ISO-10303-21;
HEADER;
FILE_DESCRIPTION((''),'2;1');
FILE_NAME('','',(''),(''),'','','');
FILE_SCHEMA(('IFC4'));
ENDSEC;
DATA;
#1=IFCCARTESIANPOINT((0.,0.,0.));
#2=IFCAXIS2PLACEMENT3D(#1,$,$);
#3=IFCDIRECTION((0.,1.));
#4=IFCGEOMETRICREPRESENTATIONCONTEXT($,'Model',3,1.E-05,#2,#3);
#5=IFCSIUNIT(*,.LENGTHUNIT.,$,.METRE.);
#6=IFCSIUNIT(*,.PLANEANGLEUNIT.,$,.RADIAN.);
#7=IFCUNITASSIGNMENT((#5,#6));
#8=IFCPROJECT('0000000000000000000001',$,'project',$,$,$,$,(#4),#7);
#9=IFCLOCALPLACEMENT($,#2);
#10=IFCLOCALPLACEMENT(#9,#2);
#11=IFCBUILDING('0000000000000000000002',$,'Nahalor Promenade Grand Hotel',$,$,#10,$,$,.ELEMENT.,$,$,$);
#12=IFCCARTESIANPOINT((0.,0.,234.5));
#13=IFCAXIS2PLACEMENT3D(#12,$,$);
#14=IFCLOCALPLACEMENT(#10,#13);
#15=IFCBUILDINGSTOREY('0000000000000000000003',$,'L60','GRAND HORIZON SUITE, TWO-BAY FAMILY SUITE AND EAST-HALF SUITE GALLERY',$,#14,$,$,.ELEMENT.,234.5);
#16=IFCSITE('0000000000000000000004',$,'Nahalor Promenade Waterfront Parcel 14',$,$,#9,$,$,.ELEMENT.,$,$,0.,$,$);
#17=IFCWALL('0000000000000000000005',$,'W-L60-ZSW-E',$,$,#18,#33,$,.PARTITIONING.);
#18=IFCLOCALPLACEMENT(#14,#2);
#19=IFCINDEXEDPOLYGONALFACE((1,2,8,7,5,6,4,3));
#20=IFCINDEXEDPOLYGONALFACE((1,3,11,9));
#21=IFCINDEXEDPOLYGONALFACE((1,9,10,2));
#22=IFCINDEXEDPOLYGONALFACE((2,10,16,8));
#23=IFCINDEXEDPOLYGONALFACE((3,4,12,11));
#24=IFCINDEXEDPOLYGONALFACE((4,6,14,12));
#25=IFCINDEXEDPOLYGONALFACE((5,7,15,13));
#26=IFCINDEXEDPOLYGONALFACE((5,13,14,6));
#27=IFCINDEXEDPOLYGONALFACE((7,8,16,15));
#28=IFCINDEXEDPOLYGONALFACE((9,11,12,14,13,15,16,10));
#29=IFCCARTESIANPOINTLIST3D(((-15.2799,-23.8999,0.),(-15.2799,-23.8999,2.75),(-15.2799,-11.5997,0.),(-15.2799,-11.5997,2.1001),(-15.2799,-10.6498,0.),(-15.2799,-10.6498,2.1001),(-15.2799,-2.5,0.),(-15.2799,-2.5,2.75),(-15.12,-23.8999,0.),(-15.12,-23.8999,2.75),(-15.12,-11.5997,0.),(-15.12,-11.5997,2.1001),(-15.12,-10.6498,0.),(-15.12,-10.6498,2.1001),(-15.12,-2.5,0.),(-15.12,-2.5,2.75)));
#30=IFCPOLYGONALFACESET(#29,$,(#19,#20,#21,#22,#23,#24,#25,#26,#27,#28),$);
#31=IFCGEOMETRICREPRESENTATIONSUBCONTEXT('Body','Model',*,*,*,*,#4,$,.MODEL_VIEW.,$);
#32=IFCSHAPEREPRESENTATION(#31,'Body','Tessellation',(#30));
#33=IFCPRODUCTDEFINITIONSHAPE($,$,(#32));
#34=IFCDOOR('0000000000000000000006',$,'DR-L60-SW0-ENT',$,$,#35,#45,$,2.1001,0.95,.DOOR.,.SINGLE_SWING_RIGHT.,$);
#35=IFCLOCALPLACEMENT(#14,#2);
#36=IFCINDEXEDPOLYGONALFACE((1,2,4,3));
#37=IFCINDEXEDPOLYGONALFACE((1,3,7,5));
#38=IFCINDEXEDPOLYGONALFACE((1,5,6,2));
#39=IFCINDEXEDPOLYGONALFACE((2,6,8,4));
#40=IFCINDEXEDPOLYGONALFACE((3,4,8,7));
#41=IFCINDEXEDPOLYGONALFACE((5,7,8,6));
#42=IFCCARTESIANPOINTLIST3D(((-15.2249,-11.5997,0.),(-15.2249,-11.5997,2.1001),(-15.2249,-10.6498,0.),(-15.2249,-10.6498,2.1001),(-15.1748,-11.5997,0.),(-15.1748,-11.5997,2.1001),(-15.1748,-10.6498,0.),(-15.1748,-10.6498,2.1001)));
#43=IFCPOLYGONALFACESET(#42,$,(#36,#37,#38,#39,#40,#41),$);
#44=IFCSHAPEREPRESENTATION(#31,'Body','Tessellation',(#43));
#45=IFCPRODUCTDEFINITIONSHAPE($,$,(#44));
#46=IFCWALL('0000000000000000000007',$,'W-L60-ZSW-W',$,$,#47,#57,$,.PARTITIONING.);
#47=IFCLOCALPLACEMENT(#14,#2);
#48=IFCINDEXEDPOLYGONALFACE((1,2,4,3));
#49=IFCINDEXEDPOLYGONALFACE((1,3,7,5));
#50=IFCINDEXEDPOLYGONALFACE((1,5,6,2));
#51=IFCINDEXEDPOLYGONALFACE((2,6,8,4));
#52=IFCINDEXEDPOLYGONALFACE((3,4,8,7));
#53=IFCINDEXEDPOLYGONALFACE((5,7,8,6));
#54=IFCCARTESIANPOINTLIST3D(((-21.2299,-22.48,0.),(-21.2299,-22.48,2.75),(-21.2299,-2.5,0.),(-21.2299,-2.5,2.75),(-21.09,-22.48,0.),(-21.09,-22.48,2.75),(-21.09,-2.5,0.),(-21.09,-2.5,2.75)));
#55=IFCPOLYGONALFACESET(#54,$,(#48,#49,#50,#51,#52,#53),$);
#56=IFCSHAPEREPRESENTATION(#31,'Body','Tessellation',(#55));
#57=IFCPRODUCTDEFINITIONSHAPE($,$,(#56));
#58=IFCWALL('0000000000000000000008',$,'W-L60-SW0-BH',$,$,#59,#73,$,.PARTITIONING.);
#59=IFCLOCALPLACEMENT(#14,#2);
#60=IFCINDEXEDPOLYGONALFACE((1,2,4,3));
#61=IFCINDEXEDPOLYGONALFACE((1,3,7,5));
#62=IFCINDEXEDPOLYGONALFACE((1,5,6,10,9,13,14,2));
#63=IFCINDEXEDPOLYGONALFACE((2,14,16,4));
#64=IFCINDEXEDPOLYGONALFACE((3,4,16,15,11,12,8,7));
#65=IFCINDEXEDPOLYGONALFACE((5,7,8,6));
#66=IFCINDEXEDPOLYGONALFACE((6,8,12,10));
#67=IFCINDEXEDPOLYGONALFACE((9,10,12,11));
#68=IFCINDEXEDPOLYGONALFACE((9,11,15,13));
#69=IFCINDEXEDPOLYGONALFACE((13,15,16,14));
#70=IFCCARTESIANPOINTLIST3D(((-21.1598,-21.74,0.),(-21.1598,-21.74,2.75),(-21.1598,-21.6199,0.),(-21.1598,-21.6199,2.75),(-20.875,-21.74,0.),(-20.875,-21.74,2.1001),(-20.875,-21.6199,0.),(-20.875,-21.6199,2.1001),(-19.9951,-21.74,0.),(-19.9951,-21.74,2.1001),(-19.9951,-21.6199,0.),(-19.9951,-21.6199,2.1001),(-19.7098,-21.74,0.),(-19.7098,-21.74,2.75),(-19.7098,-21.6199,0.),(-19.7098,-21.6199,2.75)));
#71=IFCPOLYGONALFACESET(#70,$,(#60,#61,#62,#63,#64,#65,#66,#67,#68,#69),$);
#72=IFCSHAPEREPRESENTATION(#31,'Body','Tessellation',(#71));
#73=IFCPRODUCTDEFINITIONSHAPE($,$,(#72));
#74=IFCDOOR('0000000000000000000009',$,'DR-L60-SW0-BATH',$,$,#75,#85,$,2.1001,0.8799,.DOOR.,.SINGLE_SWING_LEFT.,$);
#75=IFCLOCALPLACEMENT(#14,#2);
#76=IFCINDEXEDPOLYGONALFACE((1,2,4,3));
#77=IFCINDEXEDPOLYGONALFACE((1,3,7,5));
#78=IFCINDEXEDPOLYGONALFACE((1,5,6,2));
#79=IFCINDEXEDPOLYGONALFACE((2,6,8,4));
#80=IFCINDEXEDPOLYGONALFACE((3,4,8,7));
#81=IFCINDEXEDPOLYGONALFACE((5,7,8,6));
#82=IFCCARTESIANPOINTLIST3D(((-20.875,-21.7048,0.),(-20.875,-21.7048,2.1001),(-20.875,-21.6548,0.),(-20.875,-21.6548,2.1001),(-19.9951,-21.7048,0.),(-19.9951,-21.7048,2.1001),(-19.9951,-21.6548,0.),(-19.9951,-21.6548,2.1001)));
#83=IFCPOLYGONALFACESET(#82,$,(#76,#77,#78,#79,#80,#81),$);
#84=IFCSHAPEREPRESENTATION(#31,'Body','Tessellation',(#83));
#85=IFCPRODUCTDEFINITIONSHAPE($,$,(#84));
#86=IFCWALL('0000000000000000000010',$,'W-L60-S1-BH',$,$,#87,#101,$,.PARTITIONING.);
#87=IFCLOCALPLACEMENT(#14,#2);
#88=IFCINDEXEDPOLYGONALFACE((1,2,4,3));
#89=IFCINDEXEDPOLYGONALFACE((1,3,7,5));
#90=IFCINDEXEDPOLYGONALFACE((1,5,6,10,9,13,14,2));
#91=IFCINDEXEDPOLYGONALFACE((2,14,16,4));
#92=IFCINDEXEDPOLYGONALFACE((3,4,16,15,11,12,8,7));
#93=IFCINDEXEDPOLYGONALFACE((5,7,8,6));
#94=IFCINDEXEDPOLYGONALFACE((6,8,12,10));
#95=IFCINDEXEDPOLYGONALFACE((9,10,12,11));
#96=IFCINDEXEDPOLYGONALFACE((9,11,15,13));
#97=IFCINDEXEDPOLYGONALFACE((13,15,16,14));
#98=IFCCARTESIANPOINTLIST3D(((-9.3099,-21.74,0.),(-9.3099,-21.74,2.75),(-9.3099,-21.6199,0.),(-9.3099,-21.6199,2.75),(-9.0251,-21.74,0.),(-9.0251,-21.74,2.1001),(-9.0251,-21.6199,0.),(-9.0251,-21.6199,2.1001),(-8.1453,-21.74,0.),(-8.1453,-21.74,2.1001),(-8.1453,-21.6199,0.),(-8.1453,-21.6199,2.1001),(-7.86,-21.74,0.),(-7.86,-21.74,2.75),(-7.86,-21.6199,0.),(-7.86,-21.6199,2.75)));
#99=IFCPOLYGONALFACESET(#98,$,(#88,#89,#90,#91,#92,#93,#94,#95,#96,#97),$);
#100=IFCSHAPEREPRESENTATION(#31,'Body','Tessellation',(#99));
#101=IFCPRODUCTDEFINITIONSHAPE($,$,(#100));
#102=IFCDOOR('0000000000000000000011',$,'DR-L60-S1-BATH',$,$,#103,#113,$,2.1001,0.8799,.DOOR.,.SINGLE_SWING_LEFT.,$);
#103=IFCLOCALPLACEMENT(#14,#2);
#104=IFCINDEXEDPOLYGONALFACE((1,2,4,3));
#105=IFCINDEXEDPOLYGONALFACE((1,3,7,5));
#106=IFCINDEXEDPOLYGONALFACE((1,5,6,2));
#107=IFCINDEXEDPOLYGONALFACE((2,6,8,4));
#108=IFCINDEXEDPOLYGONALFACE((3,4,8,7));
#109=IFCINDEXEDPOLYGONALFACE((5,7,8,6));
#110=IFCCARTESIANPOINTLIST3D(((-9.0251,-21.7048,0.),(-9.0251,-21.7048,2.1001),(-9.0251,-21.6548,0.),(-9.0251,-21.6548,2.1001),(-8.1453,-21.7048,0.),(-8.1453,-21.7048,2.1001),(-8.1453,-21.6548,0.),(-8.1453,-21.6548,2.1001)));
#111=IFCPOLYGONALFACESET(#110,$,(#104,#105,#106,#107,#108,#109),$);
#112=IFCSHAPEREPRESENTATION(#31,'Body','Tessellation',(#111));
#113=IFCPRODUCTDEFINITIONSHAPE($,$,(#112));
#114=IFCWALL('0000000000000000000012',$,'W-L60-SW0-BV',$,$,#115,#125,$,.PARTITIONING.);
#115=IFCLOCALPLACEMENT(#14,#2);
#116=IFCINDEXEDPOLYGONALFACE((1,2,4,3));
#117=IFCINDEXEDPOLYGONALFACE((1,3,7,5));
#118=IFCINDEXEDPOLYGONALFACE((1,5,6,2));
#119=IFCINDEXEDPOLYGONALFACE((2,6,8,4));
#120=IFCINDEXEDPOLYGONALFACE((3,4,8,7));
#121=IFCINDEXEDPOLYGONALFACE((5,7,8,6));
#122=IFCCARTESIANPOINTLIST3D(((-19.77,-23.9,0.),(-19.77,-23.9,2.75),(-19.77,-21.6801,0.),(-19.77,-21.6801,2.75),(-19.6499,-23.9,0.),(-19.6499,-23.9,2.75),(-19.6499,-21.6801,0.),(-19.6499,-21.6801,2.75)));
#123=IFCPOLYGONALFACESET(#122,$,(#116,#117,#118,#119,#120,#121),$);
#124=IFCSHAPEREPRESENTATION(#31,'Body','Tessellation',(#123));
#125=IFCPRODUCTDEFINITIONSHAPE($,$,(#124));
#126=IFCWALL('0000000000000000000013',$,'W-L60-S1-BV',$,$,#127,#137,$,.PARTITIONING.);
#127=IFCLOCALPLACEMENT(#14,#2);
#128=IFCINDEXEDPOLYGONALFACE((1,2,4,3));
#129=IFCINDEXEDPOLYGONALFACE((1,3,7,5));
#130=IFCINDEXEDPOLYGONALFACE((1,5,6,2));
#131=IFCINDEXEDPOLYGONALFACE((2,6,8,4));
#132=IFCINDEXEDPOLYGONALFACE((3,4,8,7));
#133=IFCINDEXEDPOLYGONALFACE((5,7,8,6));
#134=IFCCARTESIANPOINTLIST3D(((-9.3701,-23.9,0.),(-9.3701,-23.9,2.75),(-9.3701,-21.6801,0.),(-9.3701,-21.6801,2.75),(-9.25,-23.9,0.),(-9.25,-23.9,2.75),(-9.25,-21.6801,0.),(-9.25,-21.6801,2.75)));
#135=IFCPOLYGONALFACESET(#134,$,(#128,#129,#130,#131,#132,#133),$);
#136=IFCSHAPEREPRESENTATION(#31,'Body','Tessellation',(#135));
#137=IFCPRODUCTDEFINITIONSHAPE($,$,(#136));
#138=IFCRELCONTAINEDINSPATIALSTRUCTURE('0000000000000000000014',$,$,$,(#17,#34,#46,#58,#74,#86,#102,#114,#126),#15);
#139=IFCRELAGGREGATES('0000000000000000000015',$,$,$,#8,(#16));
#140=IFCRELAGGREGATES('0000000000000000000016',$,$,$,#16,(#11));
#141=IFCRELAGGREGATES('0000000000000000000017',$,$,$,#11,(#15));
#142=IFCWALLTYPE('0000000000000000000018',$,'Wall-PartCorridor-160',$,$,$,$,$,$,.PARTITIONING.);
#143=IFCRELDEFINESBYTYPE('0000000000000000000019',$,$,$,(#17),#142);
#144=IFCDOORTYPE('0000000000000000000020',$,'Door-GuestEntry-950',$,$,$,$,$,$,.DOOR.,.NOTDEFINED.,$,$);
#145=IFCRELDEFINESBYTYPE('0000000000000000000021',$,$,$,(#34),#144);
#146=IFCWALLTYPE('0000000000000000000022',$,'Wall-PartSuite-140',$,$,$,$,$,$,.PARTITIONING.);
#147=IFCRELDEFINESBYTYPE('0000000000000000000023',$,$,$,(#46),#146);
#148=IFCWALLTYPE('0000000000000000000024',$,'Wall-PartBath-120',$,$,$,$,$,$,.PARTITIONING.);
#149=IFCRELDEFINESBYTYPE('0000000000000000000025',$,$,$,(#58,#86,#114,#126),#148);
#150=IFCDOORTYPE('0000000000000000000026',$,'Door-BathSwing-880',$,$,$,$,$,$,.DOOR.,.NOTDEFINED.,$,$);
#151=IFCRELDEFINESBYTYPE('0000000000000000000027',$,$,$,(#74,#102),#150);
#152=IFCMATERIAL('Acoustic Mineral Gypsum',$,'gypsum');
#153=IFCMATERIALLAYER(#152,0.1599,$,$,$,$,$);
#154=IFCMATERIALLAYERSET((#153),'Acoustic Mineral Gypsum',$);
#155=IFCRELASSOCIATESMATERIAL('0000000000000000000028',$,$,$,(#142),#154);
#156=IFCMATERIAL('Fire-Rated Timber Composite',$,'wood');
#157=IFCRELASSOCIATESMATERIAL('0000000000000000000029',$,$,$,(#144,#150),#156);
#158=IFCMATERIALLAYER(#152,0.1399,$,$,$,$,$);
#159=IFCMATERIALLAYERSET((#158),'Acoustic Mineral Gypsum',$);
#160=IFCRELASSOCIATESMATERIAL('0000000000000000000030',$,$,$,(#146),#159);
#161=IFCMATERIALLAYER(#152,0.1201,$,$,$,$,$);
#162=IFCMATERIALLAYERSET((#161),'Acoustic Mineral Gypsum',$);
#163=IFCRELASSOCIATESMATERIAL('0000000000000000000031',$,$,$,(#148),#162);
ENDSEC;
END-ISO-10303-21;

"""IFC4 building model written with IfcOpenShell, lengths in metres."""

from ifc_helpers import new_model, si_unit, direction, frame, frame_2d, origin, place, context, subcontext, project, spatial, rectangle, extrude, source, transform, mapped, material, layer, layer_set, type_object, element, fill, save


model = new_model("IFC4")

# Units and contexts
model_context = context("Model", 3, precision=1e-05, world=origin(), true_north=direction((0.0, 1.0)))
body_context = subcontext(model_context, "Body", "Model", "MODEL_VIEW")
ifc_project = project(units=[si_unit("LENGTHUNIT", "METRE"), si_unit("PLANEANGLEUNIT", "RADIAN")], contexts=[model_context])

# Site, building, storey
site_placement = place(None, origin())
site = spatial("IfcSite", under=ifc_project, at=site_placement, Name="Nahalor Promenade Waterfront Parcel 14", CompositionType="ELEMENT", RefElevation=0.0)
building_placement = place(site_placement, origin())
building = spatial("IfcBuilding", under=site, at=building_placement, Name="Nahalor Promenade Grand Hotel", CompositionType="ELEMENT")
storey_placement = place(building_placement, frame((0.0, 0.0, 234.5)))
storey = spatial("IfcBuildingStorey", under=building, at=storey_placement, Name="L60", Description="GRAND HORIZON SUITE, TWO-BAY FAMILY SUITE AND EAST-HALF SUITE GALLERY", CompositionType="ELEMENT", Elevation=234.5)

# Wall, opening, door
ifc_material_1 = material(Name="Acoustic Mineral Gypsum", Category="gypsum")
ifc_layer_1 = layer(ifc_material_1, 0.1599)
ifc_layer_set_1 = layer_set([ifc_layer_1], Name="Acoustic Mineral Gypsum")
wall_type_1 = type_object("IfcWallType", Name="Wall-PartCorridor-160", PredefinedType="PARTITIONING", material=ifc_layer_set_1)
shared_shape_1 = source(origin(), body_context, "Body", "SweptSolid", [
    extrude(rectangle(XDim=21.3999, YDim=0.1599, at=frame_2d((10.7, 0.0))), origin(), (0.0, 0.0, 1.0), 2.75),
])
wall_1_placement = place(storey_placement, frame((-15.2, -23.8999, 0.0), z_axis=(0.0, 0.0, 1.0), x_axis=(0.0, 1.0, 0.0)))
wall_1 = element("IfcWall", 1, at=wall_1_placement, inside=storey, type_object=wall_type_1, Name="W-L60-ZSW-E", PredefinedType="PARTITIONING", context=body_context, shape_type="MappedRepresentation", body=[
    mapped(shared_shape_1, transform((0.0, 0.0, 0.0), scale=1.0)),
])
opening_1_placement = place(wall_1_placement, frame((12.3, 0.0, 0.0)))
opening_1 = element("IfcOpeningElement", 2, at=opening_1_placement, cuts=wall_1, PredefinedType="OPENING", context=body_context, shape_type="SweptSolid", body=[
    extrude(rectangle(XDim=0.95, YDim=2.1001, at=frame_2d((0.4751, 1.05))), frame((0.0, 0.0898, 0.0), z_axis=(0.0, -1.0, 0.0), x_axis=(1.0, 0.0, 0.0)), (0.0, 0.0, 1.0), 0.1799),
])
ifc_material_2 = material(Name="Fire-Rated Timber Composite", Category="wood")
door_type_1 = type_object("IfcDoorType", Name="Door-GuestEntry-950", OperationType="NOTDEFINED", PredefinedType="DOOR", material=ifc_material_2)
shared_shape_2 = source(origin(), body_context, "Body", "SweptSolid", [
    extrude(rectangle(XDim=0.95, YDim=2.1001, at=frame_2d((0.4751, 1.05))), frame((0.0, 0.0249, 0.0), z_axis=(0.0, -1.0, 0.0), x_axis=(1.0, 0.0, 0.0)), (0.0, 0.0, 1.0), 0.05),
])
door_1_placement = place(opening_1_placement, origin())
door_1 = element("IfcDoor", 3, at=door_1_placement, inside=storey, type_object=door_type_1, Name="DR-L60-SW0-ENT", OperationType="SINGLE_SWING_RIGHT", OverallHeight=2.1001, OverallWidth=0.95, PredefinedType="DOOR", context=body_context, shape_type="MappedRepresentation", body=[
    mapped(shared_shape_2, transform((0.0, 0.0, 0.0), scale=1.0)),
])
fill(opening_1, door_1)

# Wall
ifc_layer_2 = layer(ifc_material_1, 0.1399)
ifc_layer_set_2 = layer_set([ifc_layer_2], Name="Acoustic Mineral Gypsum")
wall_type_2 = type_object("IfcWallType", Name="Wall-PartSuite-140", PredefinedType="PARTITIONING", material=ifc_layer_set_2)
shared_shape_3 = source(origin(), body_context, "Body", "SweptSolid", [
    extrude(rectangle(XDim=19.98, YDim=0.1399, at=frame_2d((9.99, 0.0))), origin(), (0.0, 0.0, 1.0), 2.75),
])
wall_2_placement = place(storey_placement, frame((-21.1599, -22.48, 0.0), z_axis=(0.0, 0.0, 1.0), x_axis=(0.0, 1.0, 0.0)))
element("IfcWall", 4, at=wall_2_placement, inside=storey, type_object=wall_type_2, Name="W-L60-ZSW-W", PredefinedType="PARTITIONING", context=body_context, shape_type="MappedRepresentation", body=[
    mapped(shared_shape_3, transform((0.0, 0.0, 0.0), scale=1.0)),
])

# Walls, openings, doors
ifc_layer_3 = layer(ifc_material_1, 0.1201)
ifc_layer_set_3 = layer_set([ifc_layer_3], Name="Acoustic Mineral Gypsum")
wall_type_3 = type_object("IfcWallType", Name="Wall-PartBath-120", PredefinedType="PARTITIONING", material=ifc_layer_set_3)
shared_shape_4 = source(origin(), body_context, "Body", "SweptSolid", [
    extrude(rectangle(XDim=1.45, YDim=0.1201, at=frame_2d((0.7251, 0.0))), origin(), (0.0, 0.0, 1.0), 2.75),
])
wall_3_placement = place(storey_placement, frame((-21.1599, -21.6799, 0.0), z_axis=(0.0, 0.0, 1.0), x_axis=(1.0, 0.0, 0.0)))
wall_3 = element("IfcWall", 5, at=wall_3_placement, inside=storey, type_object=wall_type_3, Name="W-L60-SW0-BH", PredefinedType="PARTITIONING", context=body_context, shape_type="MappedRepresentation", body=[
    mapped(shared_shape_4, transform((0.0, 0.0, 0.0), scale=1.0)),
])
opening_2_placement = place(wall_3_placement, frame((0.2849, 0.0, 0.0)))
opening_2 = element("IfcOpeningElement", 6, at=opening_2_placement, cuts=wall_3, PredefinedType="OPENING", context=body_context, shape_type="SweptSolid", body=[
    extrude(rectangle(XDim=0.8799, YDim=2.1001, at=frame_2d((0.4399, 1.05))), frame((0.0, 0.0701, 0.0), z_axis=(0.0, -1.0, 0.0), x_axis=(1.0, 0.0, 0.0)), (0.0, 0.0, 1.0), 0.1401),
])
door_type_2 = type_object("IfcDoorType", Name="Door-BathSwing-880", OperationType="NOTDEFINED", PredefinedType="DOOR", material=ifc_material_2)
shared_shape_5 = source(origin(), body_context, "Body", "SweptSolid", [
    extrude(rectangle(XDim=0.8799, YDim=2.1001, at=frame_2d((0.4399, 1.05))), frame((0.0, 0.0249, 0.0), z_axis=(0.0, -1.0, 0.0), x_axis=(1.0, 0.0, 0.0)), (0.0, 0.0, 1.0), 0.05),
])
door_2_placement = place(opening_2_placement, frame((0.8799, 0.0, 0.0), z_axis=(0.0, 0.0, 1.0), x_axis=(-1.0, 0.0, 0.0)))
door_2 = element("IfcDoor", 7, at=door_2_placement, inside=storey, type_object=door_type_2, Name="DR-L60-SW0-BATH", OperationType="SINGLE_SWING_LEFT", OverallHeight=2.1001, OverallWidth=0.8799, PredefinedType="DOOR", context=body_context, shape_type="MappedRepresentation", body=[
    mapped(shared_shape_5, transform((0.0, 0.0, 0.0), scale=1.0)),
])
fill(opening_2, door_2)
wall_4_placement = place(storey_placement, frame((-9.3101, -21.6799, 0.0), z_axis=(0.0, 0.0, 1.0), x_axis=(1.0, 0.0, 0.0)))
wall_4 = element("IfcWall", 8, at=wall_4_placement, inside=storey, type_object=wall_type_3, Name="W-L60-S1-BH", PredefinedType="PARTITIONING", context=body_context, shape_type="MappedRepresentation", body=[
    mapped(shared_shape_4, transform((0.0, 0.0, 0.0), scale=1.0)),
])
opening_3_placement = place(wall_4_placement, frame((0.2849, 0.0, 0.0)))
opening_3 = element("IfcOpeningElement", 9, at=opening_3_placement, cuts=wall_4, PredefinedType="OPENING", context=body_context, shape_type="SweptSolid", body=[
    extrude(rectangle(XDim=0.8799, YDim=2.1001, at=frame_2d((0.4399, 1.05))), frame((0.0, 0.0701, 0.0), z_axis=(0.0, -1.0, 0.0), x_axis=(1.0, 0.0, 0.0)), (0.0, 0.0, 1.0), 0.1401),
])
door_3_placement = place(opening_3_placement, frame((0.8799, 0.0, 0.0), z_axis=(0.0, 0.0, 1.0), x_axis=(-1.0, 0.0, 0.0)))
door_3 = element("IfcDoor", 10, at=door_3_placement, inside=storey, type_object=door_type_2, Name="DR-L60-S1-BATH", OperationType="SINGLE_SWING_LEFT", OverallHeight=2.1001, OverallWidth=0.8799, PredefinedType="DOOR", context=body_context, shape_type="MappedRepresentation", body=[
    mapped(shared_shape_5, transform((0.0, 0.0, 0.0), scale=1.0)),
])
fill(opening_3, door_3)

# Walls
shared_shape_6 = source(origin(), body_context, "Body", "SweptSolid", [
    extrude(rectangle(XDim=2.22, YDim=0.1201, at=frame_2d((1.1099, 0.0))), origin(), (0.0, 0.0, 1.0), 2.75),
])
for number, where, z_axis, x_axis, name in (
    (11, (-19.71, -23.8999, 0.0), (0.0, 0.0, 1.0), (0.0, 1.0, 0.0), "W-L60-SW0-BV"),
    (12, (-9.3101, -23.8999, 0.0), (0.0, 0.0, 1.0), (0.0, 1.0, 0.0), "W-L60-S1-BV"),
):
    element("IfcWall", number, at=place(storey_placement, frame(where, z_axis=z_axis, x_axis=x_axis)), inside=storey, type_object=wall_type_3, Name=name, PredefinedType="PARTITIONING", context=body_context, shape_type="MappedRepresentation", body=[
        mapped(shared_shape_6, transform((0.0, 0.0, 0.0), scale=1.0)),
    ])

save(model, "model.ifc")
